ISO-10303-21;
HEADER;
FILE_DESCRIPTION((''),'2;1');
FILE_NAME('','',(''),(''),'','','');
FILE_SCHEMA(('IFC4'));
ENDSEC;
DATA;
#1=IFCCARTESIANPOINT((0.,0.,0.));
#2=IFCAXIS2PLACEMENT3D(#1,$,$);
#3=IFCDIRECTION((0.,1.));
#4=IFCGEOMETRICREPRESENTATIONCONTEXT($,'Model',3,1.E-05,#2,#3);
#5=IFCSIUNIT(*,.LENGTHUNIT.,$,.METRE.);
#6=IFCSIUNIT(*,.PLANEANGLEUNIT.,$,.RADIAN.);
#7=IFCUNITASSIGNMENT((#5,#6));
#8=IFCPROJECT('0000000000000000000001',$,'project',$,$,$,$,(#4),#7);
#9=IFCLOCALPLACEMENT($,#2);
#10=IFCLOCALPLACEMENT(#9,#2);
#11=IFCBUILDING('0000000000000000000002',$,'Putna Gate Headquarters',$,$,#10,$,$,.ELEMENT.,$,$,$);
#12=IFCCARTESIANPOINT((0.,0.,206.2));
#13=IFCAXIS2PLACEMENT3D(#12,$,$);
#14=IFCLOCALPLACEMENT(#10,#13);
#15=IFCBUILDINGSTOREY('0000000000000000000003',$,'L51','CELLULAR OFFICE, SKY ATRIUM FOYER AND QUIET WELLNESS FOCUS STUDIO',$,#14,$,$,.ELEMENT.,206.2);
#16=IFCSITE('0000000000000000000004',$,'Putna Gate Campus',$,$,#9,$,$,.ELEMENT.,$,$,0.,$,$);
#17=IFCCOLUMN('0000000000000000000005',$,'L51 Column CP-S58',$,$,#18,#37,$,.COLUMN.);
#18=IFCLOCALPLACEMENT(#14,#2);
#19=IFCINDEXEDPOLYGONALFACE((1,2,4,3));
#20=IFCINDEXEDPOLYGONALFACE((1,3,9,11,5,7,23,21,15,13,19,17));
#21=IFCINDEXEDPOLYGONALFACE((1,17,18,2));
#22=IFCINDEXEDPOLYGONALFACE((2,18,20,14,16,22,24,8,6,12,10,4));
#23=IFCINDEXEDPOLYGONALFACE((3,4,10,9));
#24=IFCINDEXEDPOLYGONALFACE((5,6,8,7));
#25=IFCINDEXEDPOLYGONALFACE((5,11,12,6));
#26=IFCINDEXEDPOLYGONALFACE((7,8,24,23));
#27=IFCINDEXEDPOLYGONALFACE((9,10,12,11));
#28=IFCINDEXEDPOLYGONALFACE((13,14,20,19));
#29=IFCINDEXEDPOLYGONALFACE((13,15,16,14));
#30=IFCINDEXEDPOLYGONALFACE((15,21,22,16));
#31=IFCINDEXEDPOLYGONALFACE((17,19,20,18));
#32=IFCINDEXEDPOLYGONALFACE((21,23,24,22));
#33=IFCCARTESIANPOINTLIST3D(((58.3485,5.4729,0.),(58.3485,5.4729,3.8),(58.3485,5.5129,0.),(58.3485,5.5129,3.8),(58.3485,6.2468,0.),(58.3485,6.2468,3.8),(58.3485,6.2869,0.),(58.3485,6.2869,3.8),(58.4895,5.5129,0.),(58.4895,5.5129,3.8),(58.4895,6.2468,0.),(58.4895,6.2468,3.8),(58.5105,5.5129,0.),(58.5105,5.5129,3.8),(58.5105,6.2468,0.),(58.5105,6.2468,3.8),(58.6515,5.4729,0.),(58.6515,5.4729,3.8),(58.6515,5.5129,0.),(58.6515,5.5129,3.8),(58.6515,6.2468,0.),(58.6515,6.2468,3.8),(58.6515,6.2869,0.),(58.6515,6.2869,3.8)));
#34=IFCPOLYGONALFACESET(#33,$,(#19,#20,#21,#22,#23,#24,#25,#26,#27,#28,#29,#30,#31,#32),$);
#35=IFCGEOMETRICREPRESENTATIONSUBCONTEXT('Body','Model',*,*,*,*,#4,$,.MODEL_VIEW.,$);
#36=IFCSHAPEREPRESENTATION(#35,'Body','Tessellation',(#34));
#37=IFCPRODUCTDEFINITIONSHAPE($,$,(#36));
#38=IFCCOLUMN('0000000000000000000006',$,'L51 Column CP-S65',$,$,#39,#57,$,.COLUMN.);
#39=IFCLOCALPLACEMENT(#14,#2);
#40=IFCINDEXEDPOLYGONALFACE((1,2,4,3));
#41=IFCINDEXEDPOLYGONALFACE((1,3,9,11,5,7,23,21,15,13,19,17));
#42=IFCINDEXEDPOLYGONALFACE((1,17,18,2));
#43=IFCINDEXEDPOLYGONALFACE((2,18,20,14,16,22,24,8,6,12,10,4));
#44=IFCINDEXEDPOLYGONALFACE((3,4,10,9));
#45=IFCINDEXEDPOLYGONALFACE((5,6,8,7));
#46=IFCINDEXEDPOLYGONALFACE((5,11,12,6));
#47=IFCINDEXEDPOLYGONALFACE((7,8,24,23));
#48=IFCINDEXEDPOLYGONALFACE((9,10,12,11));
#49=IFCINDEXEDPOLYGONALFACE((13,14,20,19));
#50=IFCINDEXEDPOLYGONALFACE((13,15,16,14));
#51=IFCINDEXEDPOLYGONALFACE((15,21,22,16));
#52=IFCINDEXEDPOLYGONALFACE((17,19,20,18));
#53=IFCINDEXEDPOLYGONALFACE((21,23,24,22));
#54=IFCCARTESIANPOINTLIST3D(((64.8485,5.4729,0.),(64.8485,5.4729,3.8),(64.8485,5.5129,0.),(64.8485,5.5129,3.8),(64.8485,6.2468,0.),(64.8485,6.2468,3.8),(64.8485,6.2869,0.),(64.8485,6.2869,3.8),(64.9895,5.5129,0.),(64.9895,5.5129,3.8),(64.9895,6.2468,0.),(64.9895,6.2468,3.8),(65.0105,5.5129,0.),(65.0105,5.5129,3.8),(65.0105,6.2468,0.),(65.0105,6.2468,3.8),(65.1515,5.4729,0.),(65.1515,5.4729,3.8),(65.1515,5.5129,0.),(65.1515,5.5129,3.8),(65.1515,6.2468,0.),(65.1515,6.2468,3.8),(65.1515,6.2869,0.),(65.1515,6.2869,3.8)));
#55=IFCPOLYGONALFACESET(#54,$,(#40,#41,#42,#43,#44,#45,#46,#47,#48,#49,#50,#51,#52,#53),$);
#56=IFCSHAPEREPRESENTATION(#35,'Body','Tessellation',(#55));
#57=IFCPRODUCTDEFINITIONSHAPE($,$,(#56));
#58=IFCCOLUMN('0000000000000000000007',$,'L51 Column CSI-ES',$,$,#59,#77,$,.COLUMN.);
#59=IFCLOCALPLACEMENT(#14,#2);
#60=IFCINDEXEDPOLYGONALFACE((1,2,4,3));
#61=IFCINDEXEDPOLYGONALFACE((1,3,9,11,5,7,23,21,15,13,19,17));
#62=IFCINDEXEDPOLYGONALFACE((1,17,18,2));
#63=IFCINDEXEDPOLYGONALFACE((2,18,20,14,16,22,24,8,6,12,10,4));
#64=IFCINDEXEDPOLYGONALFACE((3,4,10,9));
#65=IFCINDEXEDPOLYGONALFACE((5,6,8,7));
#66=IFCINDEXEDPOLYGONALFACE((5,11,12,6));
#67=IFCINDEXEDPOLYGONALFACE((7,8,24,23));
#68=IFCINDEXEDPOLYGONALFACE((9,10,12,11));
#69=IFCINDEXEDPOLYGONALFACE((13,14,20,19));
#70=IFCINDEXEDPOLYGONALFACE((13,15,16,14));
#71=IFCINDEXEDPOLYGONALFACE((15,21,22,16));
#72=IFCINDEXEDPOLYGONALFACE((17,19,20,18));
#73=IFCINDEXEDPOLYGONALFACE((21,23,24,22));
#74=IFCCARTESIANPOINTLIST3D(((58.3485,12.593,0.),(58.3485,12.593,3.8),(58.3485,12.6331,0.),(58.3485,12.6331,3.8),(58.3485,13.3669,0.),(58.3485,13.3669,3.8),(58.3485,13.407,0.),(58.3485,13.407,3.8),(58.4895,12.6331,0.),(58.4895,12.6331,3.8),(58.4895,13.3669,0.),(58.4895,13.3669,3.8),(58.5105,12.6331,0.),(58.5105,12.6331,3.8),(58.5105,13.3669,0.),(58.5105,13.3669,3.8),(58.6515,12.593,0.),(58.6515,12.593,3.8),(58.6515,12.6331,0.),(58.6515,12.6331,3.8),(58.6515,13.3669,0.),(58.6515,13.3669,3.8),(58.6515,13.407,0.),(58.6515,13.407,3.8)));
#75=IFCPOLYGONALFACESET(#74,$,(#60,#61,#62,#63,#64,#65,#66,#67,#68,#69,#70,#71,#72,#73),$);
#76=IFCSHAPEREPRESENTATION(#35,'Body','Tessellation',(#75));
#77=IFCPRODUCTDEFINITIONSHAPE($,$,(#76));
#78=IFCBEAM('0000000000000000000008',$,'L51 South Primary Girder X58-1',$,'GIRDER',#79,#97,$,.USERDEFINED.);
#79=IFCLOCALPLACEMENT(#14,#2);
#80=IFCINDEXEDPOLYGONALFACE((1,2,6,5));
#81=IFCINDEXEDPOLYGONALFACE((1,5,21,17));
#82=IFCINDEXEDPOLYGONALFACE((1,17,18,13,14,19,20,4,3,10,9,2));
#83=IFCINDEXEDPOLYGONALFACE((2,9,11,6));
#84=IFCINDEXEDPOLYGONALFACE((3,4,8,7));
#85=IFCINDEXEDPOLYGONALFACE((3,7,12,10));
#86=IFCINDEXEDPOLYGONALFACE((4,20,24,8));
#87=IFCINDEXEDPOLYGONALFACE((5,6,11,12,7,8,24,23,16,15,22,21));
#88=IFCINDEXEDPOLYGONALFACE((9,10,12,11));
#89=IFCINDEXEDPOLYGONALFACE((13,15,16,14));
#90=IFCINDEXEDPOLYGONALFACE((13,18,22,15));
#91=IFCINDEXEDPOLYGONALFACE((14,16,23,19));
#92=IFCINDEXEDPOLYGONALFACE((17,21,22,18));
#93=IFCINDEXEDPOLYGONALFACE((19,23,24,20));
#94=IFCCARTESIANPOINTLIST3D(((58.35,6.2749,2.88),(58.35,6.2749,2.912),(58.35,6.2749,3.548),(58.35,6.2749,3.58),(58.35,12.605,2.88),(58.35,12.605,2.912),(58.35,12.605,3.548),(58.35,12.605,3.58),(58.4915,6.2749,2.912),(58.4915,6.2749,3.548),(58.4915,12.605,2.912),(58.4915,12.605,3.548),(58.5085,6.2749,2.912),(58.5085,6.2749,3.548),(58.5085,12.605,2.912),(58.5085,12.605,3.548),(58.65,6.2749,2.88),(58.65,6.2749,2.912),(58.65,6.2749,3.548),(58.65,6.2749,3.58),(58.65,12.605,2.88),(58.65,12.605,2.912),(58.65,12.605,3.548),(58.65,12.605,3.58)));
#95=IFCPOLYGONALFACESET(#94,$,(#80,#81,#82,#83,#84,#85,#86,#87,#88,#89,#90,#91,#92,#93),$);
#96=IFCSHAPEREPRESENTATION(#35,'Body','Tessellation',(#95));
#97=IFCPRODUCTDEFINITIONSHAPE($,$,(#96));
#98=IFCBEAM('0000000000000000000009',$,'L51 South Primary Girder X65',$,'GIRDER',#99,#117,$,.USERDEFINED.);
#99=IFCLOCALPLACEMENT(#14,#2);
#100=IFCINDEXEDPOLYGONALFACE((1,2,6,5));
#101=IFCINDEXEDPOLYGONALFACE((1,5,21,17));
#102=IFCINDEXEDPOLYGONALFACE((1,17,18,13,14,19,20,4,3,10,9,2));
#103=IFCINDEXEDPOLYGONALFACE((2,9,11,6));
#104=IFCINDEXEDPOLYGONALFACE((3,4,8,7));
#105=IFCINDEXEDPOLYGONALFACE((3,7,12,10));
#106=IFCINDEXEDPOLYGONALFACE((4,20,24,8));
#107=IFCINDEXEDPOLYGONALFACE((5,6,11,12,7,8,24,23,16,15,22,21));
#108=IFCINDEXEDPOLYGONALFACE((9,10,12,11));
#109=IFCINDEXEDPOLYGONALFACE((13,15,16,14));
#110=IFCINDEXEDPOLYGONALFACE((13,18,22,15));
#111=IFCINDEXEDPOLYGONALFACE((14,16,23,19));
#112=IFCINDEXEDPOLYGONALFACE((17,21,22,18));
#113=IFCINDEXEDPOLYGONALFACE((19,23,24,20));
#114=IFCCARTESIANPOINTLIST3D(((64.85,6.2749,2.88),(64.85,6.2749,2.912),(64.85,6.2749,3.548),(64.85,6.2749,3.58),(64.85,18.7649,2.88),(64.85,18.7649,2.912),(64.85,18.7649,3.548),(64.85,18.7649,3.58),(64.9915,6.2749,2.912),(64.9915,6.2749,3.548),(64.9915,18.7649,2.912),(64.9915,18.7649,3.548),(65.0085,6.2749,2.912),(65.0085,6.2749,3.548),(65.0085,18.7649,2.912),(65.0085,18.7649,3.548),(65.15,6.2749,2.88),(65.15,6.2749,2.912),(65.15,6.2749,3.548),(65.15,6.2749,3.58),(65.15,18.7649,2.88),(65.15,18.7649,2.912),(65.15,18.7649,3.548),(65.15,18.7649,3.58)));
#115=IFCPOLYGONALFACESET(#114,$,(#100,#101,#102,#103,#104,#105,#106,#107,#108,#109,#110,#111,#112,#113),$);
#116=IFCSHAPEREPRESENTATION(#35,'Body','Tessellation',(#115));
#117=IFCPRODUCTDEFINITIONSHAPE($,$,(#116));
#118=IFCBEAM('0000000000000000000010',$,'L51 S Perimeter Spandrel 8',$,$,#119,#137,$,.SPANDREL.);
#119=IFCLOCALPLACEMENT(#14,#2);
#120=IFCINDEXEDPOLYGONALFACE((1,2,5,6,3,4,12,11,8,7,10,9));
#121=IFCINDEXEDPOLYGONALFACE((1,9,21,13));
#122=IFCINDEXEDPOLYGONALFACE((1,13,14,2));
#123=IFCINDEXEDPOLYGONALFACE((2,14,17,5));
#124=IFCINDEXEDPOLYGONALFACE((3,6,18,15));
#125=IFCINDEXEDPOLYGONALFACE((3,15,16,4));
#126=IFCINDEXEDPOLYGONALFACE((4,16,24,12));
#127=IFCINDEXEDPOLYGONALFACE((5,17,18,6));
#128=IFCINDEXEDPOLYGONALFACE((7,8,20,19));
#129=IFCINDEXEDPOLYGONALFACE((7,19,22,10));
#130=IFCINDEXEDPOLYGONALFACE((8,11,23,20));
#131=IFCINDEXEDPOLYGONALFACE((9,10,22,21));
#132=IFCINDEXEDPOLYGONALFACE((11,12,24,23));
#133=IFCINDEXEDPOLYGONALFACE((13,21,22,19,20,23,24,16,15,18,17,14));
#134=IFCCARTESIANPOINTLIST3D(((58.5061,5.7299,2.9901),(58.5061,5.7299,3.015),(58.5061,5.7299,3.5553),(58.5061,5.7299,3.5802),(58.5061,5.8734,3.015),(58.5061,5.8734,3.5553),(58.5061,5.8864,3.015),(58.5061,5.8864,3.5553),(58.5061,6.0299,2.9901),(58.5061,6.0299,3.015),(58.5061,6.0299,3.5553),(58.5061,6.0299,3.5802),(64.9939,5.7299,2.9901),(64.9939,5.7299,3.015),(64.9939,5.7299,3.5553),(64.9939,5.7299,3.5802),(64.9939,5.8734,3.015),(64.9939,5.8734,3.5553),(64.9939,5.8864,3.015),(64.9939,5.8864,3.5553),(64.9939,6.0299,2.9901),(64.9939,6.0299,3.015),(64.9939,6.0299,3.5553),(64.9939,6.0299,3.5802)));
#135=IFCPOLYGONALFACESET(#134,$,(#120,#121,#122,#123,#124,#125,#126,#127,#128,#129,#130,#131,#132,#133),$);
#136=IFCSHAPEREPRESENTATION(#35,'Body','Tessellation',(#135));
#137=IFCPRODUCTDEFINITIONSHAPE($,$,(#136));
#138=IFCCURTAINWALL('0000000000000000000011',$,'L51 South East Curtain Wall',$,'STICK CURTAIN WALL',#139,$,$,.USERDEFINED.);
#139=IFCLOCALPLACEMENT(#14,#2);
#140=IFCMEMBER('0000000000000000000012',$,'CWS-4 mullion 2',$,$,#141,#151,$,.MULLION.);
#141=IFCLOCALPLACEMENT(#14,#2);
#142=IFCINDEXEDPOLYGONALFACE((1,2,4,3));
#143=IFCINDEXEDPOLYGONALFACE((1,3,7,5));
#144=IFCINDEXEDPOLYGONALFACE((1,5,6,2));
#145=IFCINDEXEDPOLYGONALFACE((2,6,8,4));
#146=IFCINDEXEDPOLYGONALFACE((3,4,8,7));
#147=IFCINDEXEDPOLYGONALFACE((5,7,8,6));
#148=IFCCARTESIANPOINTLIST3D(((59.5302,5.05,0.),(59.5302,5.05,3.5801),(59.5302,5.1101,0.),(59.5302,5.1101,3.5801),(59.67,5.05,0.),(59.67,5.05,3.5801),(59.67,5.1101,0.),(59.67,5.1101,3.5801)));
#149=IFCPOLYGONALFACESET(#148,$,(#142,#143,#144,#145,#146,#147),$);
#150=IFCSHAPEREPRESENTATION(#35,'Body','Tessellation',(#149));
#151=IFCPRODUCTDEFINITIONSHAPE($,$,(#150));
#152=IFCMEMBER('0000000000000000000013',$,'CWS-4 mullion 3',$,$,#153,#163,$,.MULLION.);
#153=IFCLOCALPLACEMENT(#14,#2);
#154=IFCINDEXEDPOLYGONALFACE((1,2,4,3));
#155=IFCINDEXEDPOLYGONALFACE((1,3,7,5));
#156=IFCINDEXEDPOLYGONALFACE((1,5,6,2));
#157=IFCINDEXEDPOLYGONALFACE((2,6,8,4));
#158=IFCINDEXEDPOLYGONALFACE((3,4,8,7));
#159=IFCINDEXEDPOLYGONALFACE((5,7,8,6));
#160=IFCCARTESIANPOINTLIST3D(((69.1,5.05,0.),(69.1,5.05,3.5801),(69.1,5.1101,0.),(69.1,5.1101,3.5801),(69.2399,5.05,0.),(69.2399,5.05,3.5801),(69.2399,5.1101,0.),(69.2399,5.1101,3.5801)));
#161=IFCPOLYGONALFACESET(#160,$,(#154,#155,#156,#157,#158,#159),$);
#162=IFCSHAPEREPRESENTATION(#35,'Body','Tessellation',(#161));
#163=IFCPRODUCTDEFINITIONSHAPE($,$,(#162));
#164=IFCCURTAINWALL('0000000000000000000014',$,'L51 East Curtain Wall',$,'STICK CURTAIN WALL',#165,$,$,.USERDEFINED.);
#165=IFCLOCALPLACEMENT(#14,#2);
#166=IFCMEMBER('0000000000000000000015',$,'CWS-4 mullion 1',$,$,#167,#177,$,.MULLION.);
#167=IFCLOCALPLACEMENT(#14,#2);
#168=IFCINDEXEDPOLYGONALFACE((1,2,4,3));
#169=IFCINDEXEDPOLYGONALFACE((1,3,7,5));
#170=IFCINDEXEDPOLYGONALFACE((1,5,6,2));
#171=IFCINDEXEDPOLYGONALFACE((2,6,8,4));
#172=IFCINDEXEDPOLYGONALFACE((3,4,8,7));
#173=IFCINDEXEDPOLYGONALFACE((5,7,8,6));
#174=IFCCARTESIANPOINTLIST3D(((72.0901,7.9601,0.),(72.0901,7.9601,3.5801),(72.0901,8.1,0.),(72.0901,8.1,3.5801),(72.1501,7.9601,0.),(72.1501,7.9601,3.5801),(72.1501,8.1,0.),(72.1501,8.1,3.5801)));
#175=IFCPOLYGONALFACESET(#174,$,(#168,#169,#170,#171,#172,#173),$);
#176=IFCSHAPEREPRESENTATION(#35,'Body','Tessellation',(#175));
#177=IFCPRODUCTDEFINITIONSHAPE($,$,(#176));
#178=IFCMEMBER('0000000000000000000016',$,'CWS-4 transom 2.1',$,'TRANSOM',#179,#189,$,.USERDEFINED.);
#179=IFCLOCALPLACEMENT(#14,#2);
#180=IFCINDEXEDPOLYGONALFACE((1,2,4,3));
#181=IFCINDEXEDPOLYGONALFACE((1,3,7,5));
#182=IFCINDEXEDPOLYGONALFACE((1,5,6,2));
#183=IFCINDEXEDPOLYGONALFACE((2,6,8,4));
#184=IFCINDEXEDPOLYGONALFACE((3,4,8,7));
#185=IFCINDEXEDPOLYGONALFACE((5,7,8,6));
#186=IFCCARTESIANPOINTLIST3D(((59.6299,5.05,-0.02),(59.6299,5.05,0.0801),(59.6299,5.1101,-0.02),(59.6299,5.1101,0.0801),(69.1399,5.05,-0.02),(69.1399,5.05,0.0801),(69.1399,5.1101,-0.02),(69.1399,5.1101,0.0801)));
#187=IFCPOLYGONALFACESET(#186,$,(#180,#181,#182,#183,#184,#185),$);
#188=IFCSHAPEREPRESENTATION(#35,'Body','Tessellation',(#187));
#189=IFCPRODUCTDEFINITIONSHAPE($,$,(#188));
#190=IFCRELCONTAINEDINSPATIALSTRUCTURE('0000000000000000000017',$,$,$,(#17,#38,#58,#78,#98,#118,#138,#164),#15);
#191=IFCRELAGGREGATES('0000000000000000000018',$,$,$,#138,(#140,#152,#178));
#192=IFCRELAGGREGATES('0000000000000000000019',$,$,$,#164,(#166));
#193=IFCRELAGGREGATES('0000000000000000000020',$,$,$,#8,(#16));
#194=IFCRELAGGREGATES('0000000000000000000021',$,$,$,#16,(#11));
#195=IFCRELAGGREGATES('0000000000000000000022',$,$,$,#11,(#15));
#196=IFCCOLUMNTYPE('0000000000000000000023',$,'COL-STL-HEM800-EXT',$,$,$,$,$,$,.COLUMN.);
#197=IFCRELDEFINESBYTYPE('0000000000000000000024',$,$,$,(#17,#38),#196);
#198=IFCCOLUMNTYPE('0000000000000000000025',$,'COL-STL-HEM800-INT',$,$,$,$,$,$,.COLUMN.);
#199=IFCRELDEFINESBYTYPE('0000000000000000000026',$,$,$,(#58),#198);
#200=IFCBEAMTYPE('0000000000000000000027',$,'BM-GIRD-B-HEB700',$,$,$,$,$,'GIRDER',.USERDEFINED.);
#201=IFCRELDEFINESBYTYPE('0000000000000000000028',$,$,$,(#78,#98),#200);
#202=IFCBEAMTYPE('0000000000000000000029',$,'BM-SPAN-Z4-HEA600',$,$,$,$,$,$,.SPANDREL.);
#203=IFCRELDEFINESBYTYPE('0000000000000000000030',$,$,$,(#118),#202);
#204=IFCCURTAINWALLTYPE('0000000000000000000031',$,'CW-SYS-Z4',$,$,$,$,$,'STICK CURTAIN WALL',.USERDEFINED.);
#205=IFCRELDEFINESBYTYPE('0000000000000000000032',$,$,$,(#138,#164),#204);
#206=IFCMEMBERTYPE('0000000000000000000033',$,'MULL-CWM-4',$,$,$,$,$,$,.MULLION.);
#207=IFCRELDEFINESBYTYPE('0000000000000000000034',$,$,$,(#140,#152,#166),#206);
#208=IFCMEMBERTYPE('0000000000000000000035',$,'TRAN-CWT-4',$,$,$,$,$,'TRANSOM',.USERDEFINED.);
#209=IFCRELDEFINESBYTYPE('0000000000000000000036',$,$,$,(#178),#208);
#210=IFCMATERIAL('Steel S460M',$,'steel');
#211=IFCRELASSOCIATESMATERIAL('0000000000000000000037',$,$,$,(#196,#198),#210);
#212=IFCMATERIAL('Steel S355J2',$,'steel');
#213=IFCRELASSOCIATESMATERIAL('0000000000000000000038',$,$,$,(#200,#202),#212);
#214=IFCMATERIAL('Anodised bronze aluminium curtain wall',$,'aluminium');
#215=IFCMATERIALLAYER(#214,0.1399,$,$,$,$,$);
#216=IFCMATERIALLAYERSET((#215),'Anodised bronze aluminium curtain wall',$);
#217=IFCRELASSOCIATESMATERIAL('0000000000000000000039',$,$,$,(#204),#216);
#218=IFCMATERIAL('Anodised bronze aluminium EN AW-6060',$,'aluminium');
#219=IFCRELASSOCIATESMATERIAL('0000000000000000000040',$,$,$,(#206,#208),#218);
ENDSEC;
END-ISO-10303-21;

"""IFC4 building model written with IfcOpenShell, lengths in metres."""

from ifc_helpers import new_model, si_unit, direction, frame, origin, origin_2d, place, context, subcontext, project, spatial, rectangle, i_section, extrude, material, layer, layer_set, material_profile, profile_set, type_object, element, aggregate, save


model = new_model("IFC4")

# Units and contexts
model_context = context("Model", 3, precision=1e-05, world=origin(), true_north=direction((0.0, 1.0)))
body_context = subcontext(model_context, "Body", "Model", "MODEL_VIEW")
ifc_project = project(units=[si_unit("LENGTHUNIT", "METRE"), si_unit("PLANEANGLEUNIT", "RADIAN")], contexts=[model_context])

# Site, building, storey
site_placement = place(None, origin())
site = spatial("IfcSite", under=ifc_project, at=site_placement, Name="Putna Gate Campus", CompositionType="ELEMENT", RefElevation=0.0)
building_placement = place(site_placement, origin())
building = spatial("IfcBuilding", under=site, at=building_placement, Name="Putna Gate Headquarters", CompositionType="ELEMENT")
storey_placement = place(building_placement, frame((0.0, 0.0, 206.2)))
storey = spatial("IfcBuildingStorey", under=building, at=storey_placement, Name="L51", Description="CELLULAR OFFICE, SKY ATRIUM FOYER AND QUIET WELLNESS FOCUS STUDIO", CompositionType="ELEMENT", Elevation=206.2)

# Columns
ifc_material_1 = material(Name="Steel S460M", Category="steel")
ifc_material_profile_1 = material_profile(ifc_material_1, i_section(OverallWidth=0.303, OverallDepth=0.814, WebThickness=0.021, FlangeThickness=0.04, at=origin_2d()), Name="Steel S460M")
ifc_profile_set_1 = profile_set([ifc_material_profile_1], Name="Steel S460M")
column_type_1 = type_object("IfcColumnType", Name="COL-STL-HEM800-EXT", PredefinedType="COLUMN", material=ifc_profile_set_1)
for number, where, z_axis, x_axis, name in (
    (1, (58.5, 5.8799, 0.0), (0.0, 0.0, 1.0), (1.0, 0.0, 0.0), "L51 Column CP-S58"),
    (2, (65.0, 5.8799, 0.0), (0.0, 0.0, 1.0), (1.0, 0.0, 0.0), "L51 Column CP-S65"),
):
    element("IfcColumn", number, at=place(storey_placement, frame(where, z_axis=z_axis, x_axis=x_axis)), inside=storey, type_object=column_type_1, Name=name, PredefinedType="COLUMN", context=body_context, shape_type="SweptSolid", body=[
        extrude(i_section(OverallWidth=0.303, OverallDepth=0.814, WebThickness=0.021, FlangeThickness=0.04, at=origin_2d()), origin(), (0.0, 0.0, 1.0), 3.8),
    ])
ifc_material_profile_2 = material_profile(ifc_material_1, i_section(OverallWidth=0.303, OverallDepth=0.814, WebThickness=0.021, FlangeThickness=0.04, at=origin_2d()), Name="Steel S460M")
ifc_profile_set_2 = profile_set([ifc_material_profile_2], Name="Steel S460M")
column_type_2 = type_object("IfcColumnType", Name="COL-STL-HEM800-INT", PredefinedType="COLUMN", material=ifc_profile_set_2)
column_placement = place(storey_placement, frame((58.5, 13.0, 0.0), z_axis=(0.0, 0.0, 1.0), x_axis=(1.0, 0.0, 0.0)))
element("IfcColumn", 3, at=column_placement, inside=storey, type_object=column_type_2, Name="L51 Column CSI-ES", PredefinedType="COLUMN", context=body_context, shape_type="SweptSolid", body=[
    extrude(i_section(OverallWidth=0.303, OverallDepth=0.814, WebThickness=0.021, FlangeThickness=0.04, at=origin_2d()), origin(), (0.0, 0.0, 1.0), 3.8),
])

# Beams
ifc_material_2 = material(Name="Steel S355J2", Category="steel")
ifc_material_profile_3 = material_profile(ifc_material_2, i_section(OverallWidth=0.3, OverallDepth=0.7, WebThickness=0.0171, FlangeThickness=0.032, at=origin_2d()), Name="Steel S355J2")
ifc_profile_set_3 = profile_set([ifc_material_profile_3], Name="Steel S355J2")
beam_type_1 = type_object("IfcBeamType", Name="BM-GIRD-B-HEB700", ElementType="GIRDER", PredefinedType="USERDEFINED", material=ifc_profile_set_3)
beam_1_placement = place(storey_placement, frame((58.5, 6.2749, 3.23), z_axis=(0.0, 1.0, 0.0), x_axis=(-1.0, 0.0, 0.0)))
element("IfcBeam", 4, at=beam_1_placement, inside=storey, type_object=beam_type_1, Name="L51 South Primary Girder X58-1", ObjectType="GIRDER", PredefinedType="USERDEFINED", context=body_context, shape_type="SweptSolid", body=[
    extrude(i_section(OverallWidth=0.3, OverallDepth=0.7, WebThickness=0.0171, FlangeThickness=0.032, at=origin_2d()), origin(), (0.0, 0.0, 1.0), 6.3301),
])
beam_2_placement = place(storey_placement, frame((65.0, 6.2749, 3.23), z_axis=(0.0, 1.0, 0.0), x_axis=(-1.0, 0.0, 0.0)))
element("IfcBeam", 5, at=beam_2_placement, inside=storey, type_object=beam_type_1, Name="L51 South Primary Girder X65", ObjectType="GIRDER", PredefinedType="USERDEFINED", context=body_context, shape_type="SweptSolid", body=[
    extrude(i_section(OverallWidth=0.3, OverallDepth=0.7, WebThickness=0.0171, FlangeThickness=0.032, at=origin_2d()), origin(), (0.0, 0.0, 1.0), 12.49),
])
ifc_material_profile_4 = material_profile(ifc_material_2, i_section(OverallWidth=0.3, OverallDepth=0.5901, WebThickness=0.0129, FlangeThickness=0.0249, at=origin_2d()), Name="Steel S355J2")
ifc_profile_set_4 = profile_set([ifc_material_profile_4], Name="Steel S355J2")
beam_type_2 = type_object("IfcBeamType", Name="BM-SPAN-Z4-HEA600", PredefinedType="SPANDREL", material=ifc_profile_set_4)
beam_3_placement = place(storey_placement, frame((58.5061, 5.8799, 3.2852), z_axis=(1.0, 0.0, 0.0), x_axis=(0.0, 1.0, 0.0)))
element("IfcBeam", 6, at=beam_3_placement, inside=storey, type_object=beam_type_2, Name="L51 S Perimeter Spandrel 8", PredefinedType="SPANDREL", context=body_context, shape_type="SweptSolid", body=[
    extrude(i_section(OverallWidth=0.3, OverallDepth=0.5901, WebThickness=0.0129, FlangeThickness=0.0249, at=origin_2d()), origin(), (0.0, 0.0, 1.0), 6.4878),
])

# Curtain wall, members
ifc_material_3 = material(Name="Anodised bronze aluminium curtain wall", Category="aluminium")
ifc_layer_1 = layer(ifc_material_3, 0.1399)
ifc_layer_set_1 = layer_set([ifc_layer_1], Name="Anodised bronze aluminium curtain wall")
curtain_wall_type = type_object("IfcCurtainWallType", Name="CW-SYS-Z4", ElementType="STICK CURTAIN WALL", PredefinedType="USERDEFINED", material=ifc_layer_set_1)
curtain_wall_1_placement = place(storey_placement, origin())
curtain_wall_1 = element("IfcCurtainWall", 7, at=curtain_wall_1_placement, inside=storey, type_object=curtain_wall_type, Name="L51 South East Curtain Wall", ObjectType="STICK CURTAIN WALL", PredefinedType="USERDEFINED")
ifc_material_4 = material(Name="Anodised bronze aluminium EN AW-6060", Category="aluminium")
ifc_material_profile_5 = material_profile(ifc_material_4, rectangle(XDim=0.0601, YDim=0.1399, at=origin_2d()), Name="Anodised bronze aluminium EN AW-6060")
ifc_profile_set_5 = profile_set([ifc_material_profile_5], Name="Anodised bronze aluminium EN AW-6060")
member_type_1 = type_object("IfcMemberType", Name="MULL-CWM-4", PredefinedType="MULLION", material=ifc_profile_set_5)
member_1_placement = place(storey_placement, frame((59.6001, 5.0801, 0.0), z_axis=(0.0, 0.0, 1.0), x_axis=(0.0, 1.0, 0.0)))
member_1 = element("IfcMember", 8, at=member_1_placement, type_object=member_type_1, Name="CWS-4 mullion 2", PredefinedType="MULLION", context=body_context, shape_type="SweptSolid", body=[
    extrude(rectangle(XDim=0.0601, YDim=0.1399, at=origin_2d()), origin(), (0.0, 0.0, 1.0), 3.5801),
])
member_2_placement = place(storey_placement, frame((69.1699, 5.0801, 0.0), z_axis=(0.0, 0.0, 1.0), x_axis=(0.0, 1.0, 0.0)))
member_2 = element("IfcMember", 9, at=member_2_placement, type_object=member_type_1, Name="CWS-4 mullion 3", PredefinedType="MULLION", context=body_context, shape_type="SweptSolid", body=[
    extrude(rectangle(XDim=0.0601, YDim=0.1399, at=origin_2d()), origin(), (0.0, 0.0, 1.0), 3.5801),
])

# Curtain wall, member
curtain_wall_2_placement = place(storey_placement, origin())
curtain_wall_2 = element("IfcCurtainWall", 10, at=curtain_wall_2_placement, inside=storey, type_object=curtain_wall_type, Name="L51 East Curtain Wall", ObjectType="STICK CURTAIN WALL", PredefinedType="USERDEFINED")
member_3_placement = place(storey_placement, frame((72.1201, 8.03, 0.0), z_axis=(0.0, 0.0, 1.0), x_axis=(-1.0, 0.0, 0.0)))
member_3 = element("IfcMember", 11, at=member_3_placement, type_object=member_type_1, Name="CWS-4 mullion 1", PredefinedType="MULLION", context=body_context, shape_type="SweptSolid", body=[
    extrude(rectangle(XDim=0.0601, YDim=0.1399, at=origin_2d()), origin(), (0.0, 0.0, 1.0), 3.5801),
])

# Member
ifc_material_profile_6 = material_profile(ifc_material_4, rectangle(XDim=0.0601, YDim=0.1001, at=origin_2d()), Name="Anodised bronze aluminium EN AW-6060")
ifc_profile_set_6 = profile_set([ifc_material_profile_6], Name="Anodised bronze aluminium EN AW-6060")
member_type_2 = type_object("IfcMemberType", Name="TRAN-CWT-4", ElementType="TRANSOM", PredefinedType="USERDEFINED", material=ifc_profile_set_6)
member_4_placement = place(storey_placement, frame((59.6299, 5.0801, 0.03), z_axis=(1.0, 0.0, 0.0), x_axis=(0.0, 1.0, 0.0)))
member_4 = element("IfcMember", 12, at=member_4_placement, type_object=member_type_2, Name="CWS-4 transom 2.1", ObjectType="TRANSOM", PredefinedType="USERDEFINED", context=body_context, shape_type="SweptSolid", body=[
    extrude(rectangle(XDim=0.0601, YDim=0.1001, at=origin_2d()), origin(), (0.0, 0.0, 1.0), 9.51),
])

aggregate(curtain_wall_1, [member_1, member_2, member_4])
aggregate(curtain_wall_2, [member_3])

save(model, "model.ifc")
